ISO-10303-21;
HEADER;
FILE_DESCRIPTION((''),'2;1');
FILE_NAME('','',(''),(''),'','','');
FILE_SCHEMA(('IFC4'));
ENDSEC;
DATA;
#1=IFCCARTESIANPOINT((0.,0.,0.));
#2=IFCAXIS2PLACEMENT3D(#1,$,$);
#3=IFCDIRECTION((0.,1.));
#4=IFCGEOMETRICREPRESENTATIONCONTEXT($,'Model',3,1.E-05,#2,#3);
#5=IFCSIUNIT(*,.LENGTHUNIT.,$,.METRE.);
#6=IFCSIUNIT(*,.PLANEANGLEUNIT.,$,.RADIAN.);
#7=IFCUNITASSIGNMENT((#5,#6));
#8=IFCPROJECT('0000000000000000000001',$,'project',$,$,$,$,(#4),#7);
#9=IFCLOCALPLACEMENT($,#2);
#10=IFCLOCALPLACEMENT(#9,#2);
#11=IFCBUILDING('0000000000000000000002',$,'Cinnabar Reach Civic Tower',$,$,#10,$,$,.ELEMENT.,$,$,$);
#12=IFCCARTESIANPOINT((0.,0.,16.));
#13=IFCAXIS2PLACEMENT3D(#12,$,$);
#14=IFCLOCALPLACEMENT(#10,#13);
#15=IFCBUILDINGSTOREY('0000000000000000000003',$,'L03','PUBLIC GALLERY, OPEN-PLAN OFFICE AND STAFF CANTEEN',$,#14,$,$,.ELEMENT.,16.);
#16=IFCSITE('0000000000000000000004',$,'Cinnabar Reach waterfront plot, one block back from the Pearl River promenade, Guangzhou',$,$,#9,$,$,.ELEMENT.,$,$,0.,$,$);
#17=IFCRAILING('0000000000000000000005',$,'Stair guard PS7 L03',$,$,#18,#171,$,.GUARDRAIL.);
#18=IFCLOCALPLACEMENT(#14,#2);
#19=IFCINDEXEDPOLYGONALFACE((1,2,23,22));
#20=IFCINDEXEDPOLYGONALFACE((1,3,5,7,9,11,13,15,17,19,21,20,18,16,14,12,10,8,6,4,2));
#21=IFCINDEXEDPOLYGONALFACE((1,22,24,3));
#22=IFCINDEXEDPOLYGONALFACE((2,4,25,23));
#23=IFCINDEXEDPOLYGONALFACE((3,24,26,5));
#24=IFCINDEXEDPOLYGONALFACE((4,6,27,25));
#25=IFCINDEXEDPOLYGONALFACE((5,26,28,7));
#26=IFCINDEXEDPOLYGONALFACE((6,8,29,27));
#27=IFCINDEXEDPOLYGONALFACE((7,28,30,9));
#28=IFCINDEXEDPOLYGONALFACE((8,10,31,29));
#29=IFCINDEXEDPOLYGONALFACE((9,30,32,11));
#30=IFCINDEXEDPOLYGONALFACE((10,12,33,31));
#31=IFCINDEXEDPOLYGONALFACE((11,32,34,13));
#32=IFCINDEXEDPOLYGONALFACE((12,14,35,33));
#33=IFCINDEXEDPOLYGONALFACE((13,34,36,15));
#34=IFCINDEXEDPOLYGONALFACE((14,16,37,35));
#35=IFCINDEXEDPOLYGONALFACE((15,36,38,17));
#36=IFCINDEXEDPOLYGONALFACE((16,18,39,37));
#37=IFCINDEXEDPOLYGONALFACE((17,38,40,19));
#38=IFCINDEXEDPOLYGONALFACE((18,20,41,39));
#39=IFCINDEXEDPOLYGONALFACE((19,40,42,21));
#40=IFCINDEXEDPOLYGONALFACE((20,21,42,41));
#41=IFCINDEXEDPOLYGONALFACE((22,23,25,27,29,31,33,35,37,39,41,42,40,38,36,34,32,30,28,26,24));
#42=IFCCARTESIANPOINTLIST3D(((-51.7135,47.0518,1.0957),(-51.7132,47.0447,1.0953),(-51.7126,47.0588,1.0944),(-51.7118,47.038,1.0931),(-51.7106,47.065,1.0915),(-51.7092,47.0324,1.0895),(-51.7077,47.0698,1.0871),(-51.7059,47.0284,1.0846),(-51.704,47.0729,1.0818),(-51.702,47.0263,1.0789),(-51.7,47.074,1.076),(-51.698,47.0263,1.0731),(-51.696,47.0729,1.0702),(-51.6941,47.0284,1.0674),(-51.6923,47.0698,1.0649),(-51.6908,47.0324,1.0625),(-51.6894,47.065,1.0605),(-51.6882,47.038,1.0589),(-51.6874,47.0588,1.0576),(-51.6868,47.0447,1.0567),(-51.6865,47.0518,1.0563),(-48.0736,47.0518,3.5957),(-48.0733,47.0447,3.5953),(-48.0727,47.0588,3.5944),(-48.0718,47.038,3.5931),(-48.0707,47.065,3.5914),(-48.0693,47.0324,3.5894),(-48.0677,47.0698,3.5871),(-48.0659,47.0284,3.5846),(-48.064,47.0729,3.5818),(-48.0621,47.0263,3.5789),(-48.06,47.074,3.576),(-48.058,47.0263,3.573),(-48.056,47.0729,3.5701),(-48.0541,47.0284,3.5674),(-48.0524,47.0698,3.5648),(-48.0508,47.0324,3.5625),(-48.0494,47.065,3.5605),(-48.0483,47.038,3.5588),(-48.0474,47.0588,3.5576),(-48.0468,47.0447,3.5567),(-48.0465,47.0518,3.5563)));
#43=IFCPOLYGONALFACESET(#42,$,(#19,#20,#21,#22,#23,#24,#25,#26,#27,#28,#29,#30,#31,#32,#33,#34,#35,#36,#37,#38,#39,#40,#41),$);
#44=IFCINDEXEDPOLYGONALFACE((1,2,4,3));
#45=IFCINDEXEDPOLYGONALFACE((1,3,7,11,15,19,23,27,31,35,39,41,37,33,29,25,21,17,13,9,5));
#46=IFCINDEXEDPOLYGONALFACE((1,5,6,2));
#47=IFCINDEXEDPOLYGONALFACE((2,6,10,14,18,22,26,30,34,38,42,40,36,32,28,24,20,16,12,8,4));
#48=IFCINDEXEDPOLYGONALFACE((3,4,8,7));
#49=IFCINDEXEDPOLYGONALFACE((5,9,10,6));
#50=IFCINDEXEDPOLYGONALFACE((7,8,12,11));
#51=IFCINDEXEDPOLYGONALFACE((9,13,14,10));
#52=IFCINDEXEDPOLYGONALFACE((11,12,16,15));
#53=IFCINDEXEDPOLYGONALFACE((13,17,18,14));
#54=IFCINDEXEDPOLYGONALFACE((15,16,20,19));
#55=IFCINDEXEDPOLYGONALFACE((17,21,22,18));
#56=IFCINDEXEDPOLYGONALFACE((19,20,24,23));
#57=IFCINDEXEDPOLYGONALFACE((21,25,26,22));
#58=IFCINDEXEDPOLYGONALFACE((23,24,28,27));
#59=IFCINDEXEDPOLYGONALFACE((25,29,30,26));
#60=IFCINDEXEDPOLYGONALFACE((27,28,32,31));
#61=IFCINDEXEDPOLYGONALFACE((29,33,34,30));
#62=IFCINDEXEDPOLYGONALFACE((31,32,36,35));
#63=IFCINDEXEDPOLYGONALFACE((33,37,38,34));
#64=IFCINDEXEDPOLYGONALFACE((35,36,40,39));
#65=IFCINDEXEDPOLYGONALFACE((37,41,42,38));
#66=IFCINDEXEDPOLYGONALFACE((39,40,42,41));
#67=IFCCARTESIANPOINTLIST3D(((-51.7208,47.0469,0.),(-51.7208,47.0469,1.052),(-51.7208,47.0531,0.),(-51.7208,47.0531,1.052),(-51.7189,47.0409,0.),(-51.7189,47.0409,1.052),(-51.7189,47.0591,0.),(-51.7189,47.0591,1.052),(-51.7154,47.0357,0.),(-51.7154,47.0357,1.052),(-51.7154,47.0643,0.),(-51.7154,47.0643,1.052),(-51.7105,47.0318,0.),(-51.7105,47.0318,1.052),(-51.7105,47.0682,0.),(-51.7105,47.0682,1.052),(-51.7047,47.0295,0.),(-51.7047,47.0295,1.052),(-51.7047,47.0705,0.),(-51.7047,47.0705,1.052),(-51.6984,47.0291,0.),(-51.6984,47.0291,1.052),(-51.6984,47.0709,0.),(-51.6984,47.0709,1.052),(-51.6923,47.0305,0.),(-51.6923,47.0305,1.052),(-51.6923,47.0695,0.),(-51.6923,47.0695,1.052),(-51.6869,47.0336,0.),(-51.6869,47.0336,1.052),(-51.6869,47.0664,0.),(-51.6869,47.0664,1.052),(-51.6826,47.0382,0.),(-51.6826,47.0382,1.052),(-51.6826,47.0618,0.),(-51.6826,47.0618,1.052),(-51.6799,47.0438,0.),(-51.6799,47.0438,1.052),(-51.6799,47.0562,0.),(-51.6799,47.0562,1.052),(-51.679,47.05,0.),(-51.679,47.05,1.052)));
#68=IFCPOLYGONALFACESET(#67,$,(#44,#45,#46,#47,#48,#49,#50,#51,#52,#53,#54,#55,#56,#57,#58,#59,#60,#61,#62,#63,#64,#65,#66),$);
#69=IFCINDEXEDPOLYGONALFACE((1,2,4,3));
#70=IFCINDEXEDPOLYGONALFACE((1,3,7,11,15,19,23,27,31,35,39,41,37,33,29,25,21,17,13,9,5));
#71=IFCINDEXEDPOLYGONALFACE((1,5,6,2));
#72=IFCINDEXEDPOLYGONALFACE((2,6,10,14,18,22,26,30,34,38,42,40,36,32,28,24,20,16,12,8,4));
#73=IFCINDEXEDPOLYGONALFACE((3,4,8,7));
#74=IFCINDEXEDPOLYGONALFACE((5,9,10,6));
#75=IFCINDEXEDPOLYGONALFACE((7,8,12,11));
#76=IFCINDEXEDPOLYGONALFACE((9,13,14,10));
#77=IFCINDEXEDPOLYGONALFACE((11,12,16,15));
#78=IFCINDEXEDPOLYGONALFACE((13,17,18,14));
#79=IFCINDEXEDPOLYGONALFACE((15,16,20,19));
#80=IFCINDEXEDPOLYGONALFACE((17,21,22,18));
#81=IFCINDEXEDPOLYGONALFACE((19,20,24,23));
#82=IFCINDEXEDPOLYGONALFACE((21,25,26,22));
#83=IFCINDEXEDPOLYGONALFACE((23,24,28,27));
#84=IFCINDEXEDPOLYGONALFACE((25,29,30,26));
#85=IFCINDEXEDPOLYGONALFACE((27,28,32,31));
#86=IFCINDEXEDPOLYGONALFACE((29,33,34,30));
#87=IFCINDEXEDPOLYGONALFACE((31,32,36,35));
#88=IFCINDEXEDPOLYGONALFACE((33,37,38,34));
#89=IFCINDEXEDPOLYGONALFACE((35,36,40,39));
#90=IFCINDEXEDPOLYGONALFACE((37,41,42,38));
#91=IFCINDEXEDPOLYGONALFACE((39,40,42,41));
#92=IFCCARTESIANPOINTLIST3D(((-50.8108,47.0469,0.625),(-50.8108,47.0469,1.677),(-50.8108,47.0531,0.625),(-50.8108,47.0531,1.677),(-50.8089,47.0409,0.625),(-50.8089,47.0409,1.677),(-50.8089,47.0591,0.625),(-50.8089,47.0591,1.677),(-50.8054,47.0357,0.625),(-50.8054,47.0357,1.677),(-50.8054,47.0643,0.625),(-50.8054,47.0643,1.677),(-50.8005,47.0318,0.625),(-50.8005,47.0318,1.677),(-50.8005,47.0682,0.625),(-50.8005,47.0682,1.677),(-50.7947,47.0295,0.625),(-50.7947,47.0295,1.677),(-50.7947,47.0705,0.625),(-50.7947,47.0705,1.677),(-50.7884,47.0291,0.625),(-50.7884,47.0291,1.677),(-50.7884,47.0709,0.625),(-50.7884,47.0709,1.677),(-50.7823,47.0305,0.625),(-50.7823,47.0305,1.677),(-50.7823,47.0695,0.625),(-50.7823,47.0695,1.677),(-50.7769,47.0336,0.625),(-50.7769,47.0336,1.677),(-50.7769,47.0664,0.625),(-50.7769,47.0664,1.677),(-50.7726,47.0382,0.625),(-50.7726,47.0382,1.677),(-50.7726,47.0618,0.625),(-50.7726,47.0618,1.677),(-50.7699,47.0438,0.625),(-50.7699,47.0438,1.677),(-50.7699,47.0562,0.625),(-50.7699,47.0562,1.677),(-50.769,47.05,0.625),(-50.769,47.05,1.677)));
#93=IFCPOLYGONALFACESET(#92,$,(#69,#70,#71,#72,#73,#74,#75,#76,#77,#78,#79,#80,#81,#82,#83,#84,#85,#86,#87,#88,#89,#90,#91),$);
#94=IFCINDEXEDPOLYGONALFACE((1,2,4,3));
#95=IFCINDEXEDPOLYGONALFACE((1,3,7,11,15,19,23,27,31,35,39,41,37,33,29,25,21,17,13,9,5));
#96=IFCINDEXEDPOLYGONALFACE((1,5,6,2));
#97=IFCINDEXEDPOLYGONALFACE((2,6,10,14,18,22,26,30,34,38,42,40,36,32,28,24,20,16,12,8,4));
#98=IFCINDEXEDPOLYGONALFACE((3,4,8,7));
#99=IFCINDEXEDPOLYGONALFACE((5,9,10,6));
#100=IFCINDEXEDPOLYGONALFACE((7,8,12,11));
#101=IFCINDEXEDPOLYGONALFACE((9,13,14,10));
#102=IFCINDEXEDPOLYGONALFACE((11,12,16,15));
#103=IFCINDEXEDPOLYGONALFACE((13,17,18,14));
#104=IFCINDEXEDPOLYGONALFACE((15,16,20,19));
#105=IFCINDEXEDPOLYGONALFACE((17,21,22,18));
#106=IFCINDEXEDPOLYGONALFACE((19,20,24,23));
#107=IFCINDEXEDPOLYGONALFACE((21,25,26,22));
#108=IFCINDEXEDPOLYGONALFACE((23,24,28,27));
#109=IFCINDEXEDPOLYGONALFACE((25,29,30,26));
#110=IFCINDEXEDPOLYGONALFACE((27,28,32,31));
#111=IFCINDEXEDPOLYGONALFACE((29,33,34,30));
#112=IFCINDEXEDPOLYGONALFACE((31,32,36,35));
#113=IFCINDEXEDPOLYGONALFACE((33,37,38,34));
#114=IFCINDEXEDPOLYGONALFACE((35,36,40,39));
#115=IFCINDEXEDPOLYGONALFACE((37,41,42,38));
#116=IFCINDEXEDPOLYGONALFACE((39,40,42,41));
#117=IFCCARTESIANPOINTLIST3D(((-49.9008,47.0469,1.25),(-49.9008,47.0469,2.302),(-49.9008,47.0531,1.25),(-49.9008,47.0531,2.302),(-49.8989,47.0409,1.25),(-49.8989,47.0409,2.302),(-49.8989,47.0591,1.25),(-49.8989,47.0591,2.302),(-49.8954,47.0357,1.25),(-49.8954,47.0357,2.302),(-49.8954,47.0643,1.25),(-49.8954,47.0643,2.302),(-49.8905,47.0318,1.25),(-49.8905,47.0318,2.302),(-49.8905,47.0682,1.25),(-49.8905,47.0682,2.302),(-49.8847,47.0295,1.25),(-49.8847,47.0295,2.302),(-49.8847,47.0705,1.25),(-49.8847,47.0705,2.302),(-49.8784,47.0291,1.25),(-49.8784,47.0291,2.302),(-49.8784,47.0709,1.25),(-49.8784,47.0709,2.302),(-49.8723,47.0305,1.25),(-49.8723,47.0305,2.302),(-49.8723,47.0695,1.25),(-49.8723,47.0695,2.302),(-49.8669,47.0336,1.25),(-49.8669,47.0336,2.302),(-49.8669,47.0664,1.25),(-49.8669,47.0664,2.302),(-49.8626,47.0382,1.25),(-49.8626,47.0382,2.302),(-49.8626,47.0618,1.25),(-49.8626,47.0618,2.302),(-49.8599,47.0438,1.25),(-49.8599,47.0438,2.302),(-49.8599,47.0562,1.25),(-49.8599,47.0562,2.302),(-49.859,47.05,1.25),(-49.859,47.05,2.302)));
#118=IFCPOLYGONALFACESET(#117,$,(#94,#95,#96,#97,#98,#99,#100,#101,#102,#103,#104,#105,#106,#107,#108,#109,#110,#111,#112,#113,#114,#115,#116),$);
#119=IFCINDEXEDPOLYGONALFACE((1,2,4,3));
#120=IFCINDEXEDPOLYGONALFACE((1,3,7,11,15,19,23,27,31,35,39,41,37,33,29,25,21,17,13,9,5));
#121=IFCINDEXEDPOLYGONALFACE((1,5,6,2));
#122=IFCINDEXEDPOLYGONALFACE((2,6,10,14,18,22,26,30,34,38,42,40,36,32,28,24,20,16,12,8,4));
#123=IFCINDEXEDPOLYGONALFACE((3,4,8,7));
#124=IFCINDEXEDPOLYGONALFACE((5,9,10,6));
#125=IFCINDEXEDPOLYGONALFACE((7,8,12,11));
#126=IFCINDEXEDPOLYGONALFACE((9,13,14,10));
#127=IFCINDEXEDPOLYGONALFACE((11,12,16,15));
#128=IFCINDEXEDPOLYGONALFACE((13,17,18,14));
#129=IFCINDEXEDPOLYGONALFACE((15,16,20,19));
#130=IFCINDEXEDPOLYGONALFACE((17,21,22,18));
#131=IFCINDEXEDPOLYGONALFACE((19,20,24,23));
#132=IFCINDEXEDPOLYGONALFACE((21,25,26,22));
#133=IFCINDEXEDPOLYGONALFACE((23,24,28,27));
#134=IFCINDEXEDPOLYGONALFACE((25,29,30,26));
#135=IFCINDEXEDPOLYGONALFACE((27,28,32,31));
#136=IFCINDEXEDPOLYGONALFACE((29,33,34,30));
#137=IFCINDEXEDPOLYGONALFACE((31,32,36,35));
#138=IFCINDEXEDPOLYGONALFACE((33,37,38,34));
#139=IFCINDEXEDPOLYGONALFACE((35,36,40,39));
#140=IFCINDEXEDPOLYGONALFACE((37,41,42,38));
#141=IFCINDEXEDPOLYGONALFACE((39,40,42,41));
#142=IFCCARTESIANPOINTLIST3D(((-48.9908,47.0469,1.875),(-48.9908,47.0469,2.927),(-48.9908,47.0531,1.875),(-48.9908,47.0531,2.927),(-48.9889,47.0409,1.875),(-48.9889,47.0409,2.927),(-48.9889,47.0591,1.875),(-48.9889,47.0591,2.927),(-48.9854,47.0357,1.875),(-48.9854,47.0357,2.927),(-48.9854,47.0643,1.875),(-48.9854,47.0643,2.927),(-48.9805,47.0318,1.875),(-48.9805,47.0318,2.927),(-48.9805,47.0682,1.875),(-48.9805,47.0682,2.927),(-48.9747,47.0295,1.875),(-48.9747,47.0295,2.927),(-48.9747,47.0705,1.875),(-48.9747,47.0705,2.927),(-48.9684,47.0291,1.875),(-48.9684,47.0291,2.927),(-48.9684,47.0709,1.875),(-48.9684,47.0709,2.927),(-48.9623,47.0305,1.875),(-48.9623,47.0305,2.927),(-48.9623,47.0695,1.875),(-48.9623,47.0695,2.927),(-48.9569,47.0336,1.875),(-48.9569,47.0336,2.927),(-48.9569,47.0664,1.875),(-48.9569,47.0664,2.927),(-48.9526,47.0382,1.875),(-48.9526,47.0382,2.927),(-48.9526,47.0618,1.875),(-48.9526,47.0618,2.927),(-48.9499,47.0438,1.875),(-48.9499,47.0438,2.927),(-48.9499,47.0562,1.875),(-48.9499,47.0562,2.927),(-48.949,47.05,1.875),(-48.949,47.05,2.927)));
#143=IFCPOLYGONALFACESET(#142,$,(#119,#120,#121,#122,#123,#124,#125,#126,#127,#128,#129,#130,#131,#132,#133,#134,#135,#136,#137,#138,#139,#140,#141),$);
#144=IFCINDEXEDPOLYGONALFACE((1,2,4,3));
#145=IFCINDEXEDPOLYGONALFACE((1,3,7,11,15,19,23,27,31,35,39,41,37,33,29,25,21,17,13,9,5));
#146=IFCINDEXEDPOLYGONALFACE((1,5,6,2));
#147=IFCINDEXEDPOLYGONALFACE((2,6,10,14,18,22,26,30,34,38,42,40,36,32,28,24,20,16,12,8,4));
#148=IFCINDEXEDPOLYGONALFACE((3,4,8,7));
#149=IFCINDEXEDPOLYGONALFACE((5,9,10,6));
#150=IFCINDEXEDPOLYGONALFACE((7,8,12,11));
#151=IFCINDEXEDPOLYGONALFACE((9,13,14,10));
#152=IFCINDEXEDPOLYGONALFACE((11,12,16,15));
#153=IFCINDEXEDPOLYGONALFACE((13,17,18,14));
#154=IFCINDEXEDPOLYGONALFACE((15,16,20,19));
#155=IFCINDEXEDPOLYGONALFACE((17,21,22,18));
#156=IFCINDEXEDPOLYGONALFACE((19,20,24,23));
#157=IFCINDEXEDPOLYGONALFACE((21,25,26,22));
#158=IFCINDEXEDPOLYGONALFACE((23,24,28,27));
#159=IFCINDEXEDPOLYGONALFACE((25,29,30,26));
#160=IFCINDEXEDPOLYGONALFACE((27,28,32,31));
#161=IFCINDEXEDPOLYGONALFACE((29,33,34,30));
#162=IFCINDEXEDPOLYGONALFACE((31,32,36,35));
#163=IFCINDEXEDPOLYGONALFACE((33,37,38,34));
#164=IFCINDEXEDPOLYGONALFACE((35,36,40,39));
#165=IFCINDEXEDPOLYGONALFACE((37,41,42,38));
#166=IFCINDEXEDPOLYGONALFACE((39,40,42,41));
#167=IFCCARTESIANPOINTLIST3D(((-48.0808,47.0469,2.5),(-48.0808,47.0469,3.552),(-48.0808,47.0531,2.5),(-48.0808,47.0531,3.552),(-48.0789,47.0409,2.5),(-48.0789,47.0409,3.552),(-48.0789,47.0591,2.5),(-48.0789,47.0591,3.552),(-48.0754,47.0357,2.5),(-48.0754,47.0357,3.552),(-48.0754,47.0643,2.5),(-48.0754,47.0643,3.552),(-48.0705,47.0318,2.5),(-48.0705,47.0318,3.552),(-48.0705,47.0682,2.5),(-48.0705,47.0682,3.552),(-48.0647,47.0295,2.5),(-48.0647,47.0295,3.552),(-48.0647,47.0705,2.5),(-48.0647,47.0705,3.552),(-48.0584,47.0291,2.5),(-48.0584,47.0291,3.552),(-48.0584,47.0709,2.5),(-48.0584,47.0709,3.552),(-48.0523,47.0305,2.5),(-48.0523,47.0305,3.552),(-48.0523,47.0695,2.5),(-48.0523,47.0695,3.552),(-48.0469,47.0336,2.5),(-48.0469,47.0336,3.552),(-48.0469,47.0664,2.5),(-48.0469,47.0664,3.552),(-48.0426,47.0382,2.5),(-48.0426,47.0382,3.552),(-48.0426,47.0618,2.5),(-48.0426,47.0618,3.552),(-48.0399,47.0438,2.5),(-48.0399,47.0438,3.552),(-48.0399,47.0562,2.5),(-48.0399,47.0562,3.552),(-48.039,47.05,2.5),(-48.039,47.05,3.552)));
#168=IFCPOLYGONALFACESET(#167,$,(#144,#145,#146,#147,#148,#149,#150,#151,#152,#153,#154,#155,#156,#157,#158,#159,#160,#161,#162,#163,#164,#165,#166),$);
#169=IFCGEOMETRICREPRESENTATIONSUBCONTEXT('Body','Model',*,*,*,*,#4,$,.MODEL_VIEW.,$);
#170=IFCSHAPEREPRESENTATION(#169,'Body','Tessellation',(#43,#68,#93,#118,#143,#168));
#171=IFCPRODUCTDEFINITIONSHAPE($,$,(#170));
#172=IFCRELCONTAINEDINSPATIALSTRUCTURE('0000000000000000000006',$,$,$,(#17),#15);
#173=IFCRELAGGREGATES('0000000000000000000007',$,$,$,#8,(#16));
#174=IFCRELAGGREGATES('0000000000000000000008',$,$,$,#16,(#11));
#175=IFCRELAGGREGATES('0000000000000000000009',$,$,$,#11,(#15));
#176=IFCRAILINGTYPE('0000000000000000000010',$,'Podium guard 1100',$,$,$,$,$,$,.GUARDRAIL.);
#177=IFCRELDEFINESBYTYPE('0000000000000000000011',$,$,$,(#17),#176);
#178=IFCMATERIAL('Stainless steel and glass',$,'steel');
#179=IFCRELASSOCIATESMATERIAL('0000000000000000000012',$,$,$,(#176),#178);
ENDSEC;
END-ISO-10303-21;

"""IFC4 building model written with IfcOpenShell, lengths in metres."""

from ifc_helpers import new_model, si_unit, direction, frame, origin, origin_2d, place, context, subcontext, project, spatial, circle, extrude, material, type_object, element, save


model = new_model("IFC4")

# Units and contexts
model_context = context("Model", 3, precision=1e-05, world=origin(), true_north=direction((0.0, 1.0)))
body_context = subcontext(model_context, "Body", "Model", "MODEL_VIEW")
ifc_project = project(units=[si_unit("LENGTHUNIT", "METRE"), si_unit("PLANEANGLEUNIT", "RADIAN")], contexts=[model_context])

# Site, building, storey
site_placement = place(None, origin())
site = spatial("IfcSite", under=ifc_project, at=site_placement, Name="Cinnabar Reach waterfront plot, one block back from the Pearl River promenade, Guangzhou", CompositionType="ELEMENT", RefElevation=0.0)
building_placement = place(site_placement, origin())
building = spatial("IfcBuilding", under=site, at=building_placement, Name="Cinnabar Reach Civic Tower", CompositionType="ELEMENT")
storey_placement = place(building_placement, frame((0.0, 0.0, 16.0)))
storey = spatial("IfcBuildingStorey", under=building, at=storey_placement, Name="L03", Description="PUBLIC GALLERY, OPEN-PLAN OFFICE AND STAFF CANTEEN", CompositionType="ELEMENT", Elevation=16.0)

# Railing
ifc_material_1 = material(Name="Stainless steel and glass", Category="steel")
railing_type_1 = type_object("IfcRailingType", Name="Podium guard 1100", PredefinedType="GUARDRAIL", material=ifc_material_1)
railing_1_placement = place(storey_placement, frame((-51.7, 47.05, 0.0)))
element("IfcRailing", 1, at=railing_1_placement, inside=storey, type_object=railing_type_1, Name="Stair guard PS7 L03", PredefinedType="GUARDRAIL", context=body_context, shape_type="SweptSolid", body=[
    extrude(circle(Radius=0.024, at=origin_2d()), frame((0.0, 0.0, 1.076), z_axis=(0.824306, 0.0, 0.566144), x_axis=(0.0, 1.0, 0.0)), (0.0, 0.0, 1.0), 4.4158),
    extrude(circle(Radius=0.021, at=origin_2d()), origin(), (0.0, 0.0, 1.0), 1.052),
    extrude(circle(Radius=0.021, at=origin_2d()), frame((0.91, 0.0, 0.625)), (0.0, 0.0, 1.0), 1.052),
    extrude(circle(Radius=0.021, at=origin_2d()), frame((1.82, 0.0, 1.25)), (0.0, 0.0, 1.0), 1.052),
    extrude(circle(Radius=0.021, at=origin_2d()), frame((2.73, 0.0, 1.875)), (0.0, 0.0, 1.0), 1.052),
    extrude(circle(Radius=0.021, at=origin_2d()), frame((3.64, 0.0, 2.5)), (0.0, 0.0, 1.0), 1.052),
])

save(model, "model.ifc")
